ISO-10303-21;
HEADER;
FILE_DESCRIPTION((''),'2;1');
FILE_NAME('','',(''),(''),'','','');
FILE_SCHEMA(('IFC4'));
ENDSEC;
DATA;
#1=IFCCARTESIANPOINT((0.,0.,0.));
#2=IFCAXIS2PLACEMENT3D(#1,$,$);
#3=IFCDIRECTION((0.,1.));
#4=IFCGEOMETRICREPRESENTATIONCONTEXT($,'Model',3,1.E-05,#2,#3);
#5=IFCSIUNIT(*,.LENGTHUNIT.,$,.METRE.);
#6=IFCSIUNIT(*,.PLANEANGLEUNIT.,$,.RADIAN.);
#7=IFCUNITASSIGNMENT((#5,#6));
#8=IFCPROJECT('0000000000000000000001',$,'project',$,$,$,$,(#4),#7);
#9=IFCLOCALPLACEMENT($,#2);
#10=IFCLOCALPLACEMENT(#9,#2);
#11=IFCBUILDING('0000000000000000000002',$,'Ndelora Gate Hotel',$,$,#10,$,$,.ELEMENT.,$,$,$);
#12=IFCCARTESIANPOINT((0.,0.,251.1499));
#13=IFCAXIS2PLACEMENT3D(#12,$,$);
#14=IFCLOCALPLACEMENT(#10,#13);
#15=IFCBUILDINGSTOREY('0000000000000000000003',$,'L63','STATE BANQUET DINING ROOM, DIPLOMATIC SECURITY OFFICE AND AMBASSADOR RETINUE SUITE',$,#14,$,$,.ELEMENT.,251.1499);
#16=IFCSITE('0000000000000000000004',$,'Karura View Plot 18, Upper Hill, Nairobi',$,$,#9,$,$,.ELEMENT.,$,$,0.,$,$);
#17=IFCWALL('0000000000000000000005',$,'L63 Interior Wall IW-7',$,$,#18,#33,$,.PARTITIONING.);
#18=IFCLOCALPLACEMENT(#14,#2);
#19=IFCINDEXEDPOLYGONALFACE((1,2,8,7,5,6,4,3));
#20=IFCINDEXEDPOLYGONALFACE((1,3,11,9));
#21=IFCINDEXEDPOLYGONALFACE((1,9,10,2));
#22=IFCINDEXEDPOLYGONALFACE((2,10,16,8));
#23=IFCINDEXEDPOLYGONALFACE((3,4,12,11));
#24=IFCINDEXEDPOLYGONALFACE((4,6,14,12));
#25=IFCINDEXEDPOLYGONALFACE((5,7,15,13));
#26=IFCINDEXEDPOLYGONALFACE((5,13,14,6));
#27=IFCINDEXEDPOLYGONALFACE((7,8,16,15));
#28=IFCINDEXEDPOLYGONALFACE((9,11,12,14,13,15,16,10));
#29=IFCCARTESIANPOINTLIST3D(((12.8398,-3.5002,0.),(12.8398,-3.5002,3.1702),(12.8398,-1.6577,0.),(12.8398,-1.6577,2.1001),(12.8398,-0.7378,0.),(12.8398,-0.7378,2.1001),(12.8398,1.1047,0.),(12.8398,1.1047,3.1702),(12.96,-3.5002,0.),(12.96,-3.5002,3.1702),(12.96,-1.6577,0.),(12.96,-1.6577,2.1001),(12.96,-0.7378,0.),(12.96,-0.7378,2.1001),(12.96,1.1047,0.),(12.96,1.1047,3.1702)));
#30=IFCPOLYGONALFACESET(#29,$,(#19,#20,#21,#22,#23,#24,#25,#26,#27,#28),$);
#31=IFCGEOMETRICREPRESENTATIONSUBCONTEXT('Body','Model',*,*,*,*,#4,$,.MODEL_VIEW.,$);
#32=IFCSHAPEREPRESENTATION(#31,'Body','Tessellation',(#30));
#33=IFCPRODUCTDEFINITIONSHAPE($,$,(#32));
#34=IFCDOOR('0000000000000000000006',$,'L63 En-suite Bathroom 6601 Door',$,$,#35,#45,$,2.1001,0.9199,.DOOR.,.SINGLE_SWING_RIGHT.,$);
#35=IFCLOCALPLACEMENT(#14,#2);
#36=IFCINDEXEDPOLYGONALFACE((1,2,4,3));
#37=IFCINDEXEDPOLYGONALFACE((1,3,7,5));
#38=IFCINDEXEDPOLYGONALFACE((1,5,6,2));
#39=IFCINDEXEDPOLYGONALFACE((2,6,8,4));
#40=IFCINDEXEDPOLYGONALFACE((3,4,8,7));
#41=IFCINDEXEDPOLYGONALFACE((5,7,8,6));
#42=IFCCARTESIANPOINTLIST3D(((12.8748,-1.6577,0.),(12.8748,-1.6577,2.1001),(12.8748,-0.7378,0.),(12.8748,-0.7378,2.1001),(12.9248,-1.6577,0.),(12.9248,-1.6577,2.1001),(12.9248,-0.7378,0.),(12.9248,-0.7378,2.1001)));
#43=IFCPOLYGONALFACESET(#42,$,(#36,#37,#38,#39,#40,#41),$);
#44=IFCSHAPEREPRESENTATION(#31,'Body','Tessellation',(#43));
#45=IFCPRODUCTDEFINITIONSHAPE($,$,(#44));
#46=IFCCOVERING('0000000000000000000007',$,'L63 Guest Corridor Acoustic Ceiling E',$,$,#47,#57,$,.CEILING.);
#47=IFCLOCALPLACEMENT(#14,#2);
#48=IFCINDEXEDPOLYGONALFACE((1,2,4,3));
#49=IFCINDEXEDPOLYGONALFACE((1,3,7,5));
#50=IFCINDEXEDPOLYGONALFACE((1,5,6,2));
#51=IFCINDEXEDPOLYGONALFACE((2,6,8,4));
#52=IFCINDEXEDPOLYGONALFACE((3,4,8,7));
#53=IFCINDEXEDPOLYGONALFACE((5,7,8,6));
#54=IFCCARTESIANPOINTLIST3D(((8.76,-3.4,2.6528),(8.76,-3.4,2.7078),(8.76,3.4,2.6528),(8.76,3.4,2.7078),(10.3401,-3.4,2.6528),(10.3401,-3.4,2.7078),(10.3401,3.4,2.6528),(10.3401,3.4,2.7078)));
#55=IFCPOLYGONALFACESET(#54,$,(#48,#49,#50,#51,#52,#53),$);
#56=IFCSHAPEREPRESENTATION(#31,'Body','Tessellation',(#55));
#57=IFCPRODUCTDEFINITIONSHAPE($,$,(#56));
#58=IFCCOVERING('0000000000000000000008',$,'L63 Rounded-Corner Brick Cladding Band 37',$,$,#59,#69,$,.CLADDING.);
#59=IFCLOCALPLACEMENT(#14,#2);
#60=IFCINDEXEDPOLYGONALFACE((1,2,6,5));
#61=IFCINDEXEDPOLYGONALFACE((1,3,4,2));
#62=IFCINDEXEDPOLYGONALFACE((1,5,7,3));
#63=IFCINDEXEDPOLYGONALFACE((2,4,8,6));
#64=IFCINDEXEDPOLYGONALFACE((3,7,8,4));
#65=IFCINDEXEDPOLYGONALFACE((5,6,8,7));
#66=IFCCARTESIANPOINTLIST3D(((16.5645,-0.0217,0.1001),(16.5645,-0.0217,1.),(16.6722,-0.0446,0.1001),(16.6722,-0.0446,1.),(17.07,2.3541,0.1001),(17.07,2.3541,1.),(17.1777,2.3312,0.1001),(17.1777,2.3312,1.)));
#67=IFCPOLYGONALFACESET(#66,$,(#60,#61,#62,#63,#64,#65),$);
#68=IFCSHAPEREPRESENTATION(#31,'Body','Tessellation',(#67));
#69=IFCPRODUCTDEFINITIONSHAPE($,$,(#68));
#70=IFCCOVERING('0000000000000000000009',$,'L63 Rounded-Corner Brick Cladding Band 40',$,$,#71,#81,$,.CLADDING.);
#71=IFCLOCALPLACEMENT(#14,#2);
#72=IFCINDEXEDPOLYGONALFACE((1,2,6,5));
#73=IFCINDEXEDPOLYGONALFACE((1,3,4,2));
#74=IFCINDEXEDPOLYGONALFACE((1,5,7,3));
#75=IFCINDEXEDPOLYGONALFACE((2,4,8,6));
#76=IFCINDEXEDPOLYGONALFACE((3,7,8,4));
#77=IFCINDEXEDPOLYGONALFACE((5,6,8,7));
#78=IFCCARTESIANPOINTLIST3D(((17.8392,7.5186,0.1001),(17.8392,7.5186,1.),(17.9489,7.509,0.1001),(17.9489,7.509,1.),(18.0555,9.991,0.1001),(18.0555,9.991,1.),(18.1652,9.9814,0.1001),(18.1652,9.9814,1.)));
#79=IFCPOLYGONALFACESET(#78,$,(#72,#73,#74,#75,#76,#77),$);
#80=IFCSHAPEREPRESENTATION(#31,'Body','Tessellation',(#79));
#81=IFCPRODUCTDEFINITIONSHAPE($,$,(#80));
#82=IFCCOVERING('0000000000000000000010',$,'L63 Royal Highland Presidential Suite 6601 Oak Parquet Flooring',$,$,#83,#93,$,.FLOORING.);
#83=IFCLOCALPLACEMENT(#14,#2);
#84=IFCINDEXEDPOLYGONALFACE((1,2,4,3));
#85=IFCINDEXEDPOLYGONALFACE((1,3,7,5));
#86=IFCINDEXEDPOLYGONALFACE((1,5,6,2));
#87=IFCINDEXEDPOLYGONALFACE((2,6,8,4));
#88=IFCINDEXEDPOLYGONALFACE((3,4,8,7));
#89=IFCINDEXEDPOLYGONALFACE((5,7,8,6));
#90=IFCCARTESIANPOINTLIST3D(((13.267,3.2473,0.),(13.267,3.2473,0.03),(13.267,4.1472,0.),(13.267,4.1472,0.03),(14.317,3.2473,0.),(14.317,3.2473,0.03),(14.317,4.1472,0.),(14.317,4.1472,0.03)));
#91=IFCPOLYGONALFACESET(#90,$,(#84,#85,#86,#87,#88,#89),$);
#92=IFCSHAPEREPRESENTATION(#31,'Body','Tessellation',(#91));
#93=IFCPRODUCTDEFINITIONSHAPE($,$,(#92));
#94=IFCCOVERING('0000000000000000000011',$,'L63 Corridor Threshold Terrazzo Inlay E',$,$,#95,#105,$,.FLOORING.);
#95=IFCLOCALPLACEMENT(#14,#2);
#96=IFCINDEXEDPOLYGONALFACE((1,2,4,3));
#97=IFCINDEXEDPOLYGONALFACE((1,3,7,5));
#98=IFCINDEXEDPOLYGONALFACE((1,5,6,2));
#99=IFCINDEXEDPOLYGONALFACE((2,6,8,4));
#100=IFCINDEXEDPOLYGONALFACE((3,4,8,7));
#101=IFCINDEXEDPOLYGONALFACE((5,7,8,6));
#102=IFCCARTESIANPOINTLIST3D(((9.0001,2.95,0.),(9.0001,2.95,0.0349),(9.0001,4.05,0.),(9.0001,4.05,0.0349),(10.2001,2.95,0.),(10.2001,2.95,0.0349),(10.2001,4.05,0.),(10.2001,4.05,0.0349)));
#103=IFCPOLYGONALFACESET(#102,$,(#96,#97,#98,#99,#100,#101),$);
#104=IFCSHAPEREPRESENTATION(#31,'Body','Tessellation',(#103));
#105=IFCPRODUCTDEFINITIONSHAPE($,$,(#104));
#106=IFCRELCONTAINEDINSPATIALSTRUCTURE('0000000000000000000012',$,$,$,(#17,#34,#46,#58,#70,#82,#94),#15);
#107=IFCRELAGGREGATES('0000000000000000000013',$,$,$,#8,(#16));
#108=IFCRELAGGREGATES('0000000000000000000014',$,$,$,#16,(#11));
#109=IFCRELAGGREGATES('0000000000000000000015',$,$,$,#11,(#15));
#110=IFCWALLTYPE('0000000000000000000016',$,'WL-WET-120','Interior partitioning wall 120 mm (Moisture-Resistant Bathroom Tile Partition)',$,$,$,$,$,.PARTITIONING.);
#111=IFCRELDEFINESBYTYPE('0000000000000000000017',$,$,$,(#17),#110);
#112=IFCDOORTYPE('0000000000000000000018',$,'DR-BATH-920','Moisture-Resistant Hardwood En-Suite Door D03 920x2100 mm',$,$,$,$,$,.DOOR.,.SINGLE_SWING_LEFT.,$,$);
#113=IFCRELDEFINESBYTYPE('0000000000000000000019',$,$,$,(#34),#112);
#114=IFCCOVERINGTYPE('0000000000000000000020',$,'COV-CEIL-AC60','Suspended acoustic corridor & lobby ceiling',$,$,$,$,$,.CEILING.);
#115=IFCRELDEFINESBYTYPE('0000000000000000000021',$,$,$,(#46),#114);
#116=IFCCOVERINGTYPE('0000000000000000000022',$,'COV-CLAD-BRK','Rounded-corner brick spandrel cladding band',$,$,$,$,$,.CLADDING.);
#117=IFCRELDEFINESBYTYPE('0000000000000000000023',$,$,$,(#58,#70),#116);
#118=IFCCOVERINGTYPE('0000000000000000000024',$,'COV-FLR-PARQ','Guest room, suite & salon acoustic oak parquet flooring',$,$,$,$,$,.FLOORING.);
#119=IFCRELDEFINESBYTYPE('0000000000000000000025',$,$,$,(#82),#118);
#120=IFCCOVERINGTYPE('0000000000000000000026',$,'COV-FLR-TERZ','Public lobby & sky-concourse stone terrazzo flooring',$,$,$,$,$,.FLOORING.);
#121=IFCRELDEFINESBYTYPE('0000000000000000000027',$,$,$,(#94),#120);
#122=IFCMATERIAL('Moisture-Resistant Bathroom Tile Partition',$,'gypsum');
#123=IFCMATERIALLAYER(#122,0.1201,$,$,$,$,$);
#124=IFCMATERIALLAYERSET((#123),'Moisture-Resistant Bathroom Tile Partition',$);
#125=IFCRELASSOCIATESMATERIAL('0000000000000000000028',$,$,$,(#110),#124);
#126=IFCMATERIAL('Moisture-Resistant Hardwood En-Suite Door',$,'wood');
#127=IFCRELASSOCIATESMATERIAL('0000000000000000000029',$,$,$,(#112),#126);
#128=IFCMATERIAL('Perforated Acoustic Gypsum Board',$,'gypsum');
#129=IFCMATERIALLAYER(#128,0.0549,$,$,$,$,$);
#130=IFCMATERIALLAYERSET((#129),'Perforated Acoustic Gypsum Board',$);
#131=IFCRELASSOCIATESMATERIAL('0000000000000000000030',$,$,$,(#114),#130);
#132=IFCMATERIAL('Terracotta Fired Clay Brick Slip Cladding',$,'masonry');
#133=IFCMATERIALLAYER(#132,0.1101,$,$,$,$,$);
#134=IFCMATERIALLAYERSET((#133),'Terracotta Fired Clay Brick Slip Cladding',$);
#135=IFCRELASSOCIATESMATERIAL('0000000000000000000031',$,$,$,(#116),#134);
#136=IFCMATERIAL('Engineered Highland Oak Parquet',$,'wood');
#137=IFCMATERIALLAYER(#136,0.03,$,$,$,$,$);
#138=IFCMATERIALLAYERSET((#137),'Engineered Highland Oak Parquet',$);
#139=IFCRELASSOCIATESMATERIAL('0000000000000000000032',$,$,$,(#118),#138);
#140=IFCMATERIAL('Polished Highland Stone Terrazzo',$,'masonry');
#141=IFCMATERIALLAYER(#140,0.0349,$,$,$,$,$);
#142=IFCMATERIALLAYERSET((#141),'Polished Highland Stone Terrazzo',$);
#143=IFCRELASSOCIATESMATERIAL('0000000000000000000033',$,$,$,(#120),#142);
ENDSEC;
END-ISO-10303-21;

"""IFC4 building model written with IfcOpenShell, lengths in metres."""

from ifc_helpers import new_model, si_unit, direction, frame, frame_2d, origin, origin_2d, place, context, subcontext, project, spatial, rectangle, extrude, material, layer, layer_set, type_object, element, fill, save


model = new_model("IFC4")

# Units and contexts
model_context = context("Model", 3, precision=1e-05, world=origin(), true_north=direction((0.0, 1.0)))
body_context = subcontext(model_context, "Body", "Model", "MODEL_VIEW")
ifc_project = project(units=[si_unit("LENGTHUNIT", "METRE"), si_unit("PLANEANGLEUNIT", "RADIAN")], contexts=[model_context])

# Site, building, storey
site_placement = place(None, origin())
site = spatial("IfcSite", under=ifc_project, at=site_placement, Name="Karura View Plot 18, Upper Hill, Nairobi", CompositionType="ELEMENT", RefElevation=0.0)
building_placement = place(site_placement, origin())
building = spatial("IfcBuilding", under=site, at=building_placement, Name="Ndelora Gate Hotel", CompositionType="ELEMENT")
storey_placement = place(building_placement, frame((0.0, 0.0, 251.1499)))
storey = spatial("IfcBuildingStorey", under=building, at=storey_placement, Name="L63", Description="STATE BANQUET DINING ROOM, DIPLOMATIC SECURITY OFFICE AND AMBASSADOR RETINUE SUITE", CompositionType="ELEMENT", Elevation=251.1499)

# Shared definitions
ifc_material_1 = material(Name="Moisture-Resistant Bathroom Tile Partition", Category="gypsum")
ifc_layer_1 = layer(ifc_material_1, 0.1201)
ifc_layer_set_1 = layer_set([ifc_layer_1], Name="Moisture-Resistant Bathroom Tile Partition")
wall_type_1 = type_object("IfcWallType", Name="WL-WET-120", Description="Interior partitioning wall 120 mm (Moisture-Resistant Bathroom Tile Partition)", PredefinedType="PARTITIONING", material=ifc_layer_set_1)

# Wall, opening, door
wall_1_placement = place(storey_placement, frame((12.8999, 1.1047, 0.0), z_axis=(0.0, 0.0, 1.0), x_axis=(0.0, -1.0, 0.0)))
wall_1 = element("IfcWall", 1, at=wall_1_placement, inside=storey, type_object=wall_type_1, Name="L63 Interior Wall IW-7", PredefinedType="PARTITIONING", context=body_context, shape_type="SweptSolid", body=[
    extrude(rectangle(XDim=4.605, YDim=0.1201, at=frame_2d((2.3025, 0.0))), origin(), (0.0, 0.0, 1.0), 3.1702),
])
opening_1_placement = place(wall_1_placement, frame((1.8425, 0.0, 0.0)))
opening_1 = element("IfcOpeningElement", 2, at=opening_1_placement, cuts=wall_1, PredefinedType="OPENING", context=body_context, shape_type="SweptSolid", body=[
    extrude(rectangle(XDim=0.9199, YDim=2.1001, at=frame_2d((0.46, 1.05))), frame((0.0, 0.0701, 0.0), z_axis=(0.0, -1.0, 0.0), x_axis=(1.0, 0.0, 0.0)), (0.0, 0.0, 1.0), 0.1401),
])
ifc_material_2 = material(Name="Moisture-Resistant Hardwood En-Suite Door", Category="wood")
door_type_1 = type_object("IfcDoorType", Name="DR-BATH-920", Description="Moisture-Resistant Hardwood En-Suite Door D03 920x2100 mm", OperationType="SINGLE_SWING_LEFT", PredefinedType="DOOR", material=ifc_material_2)
door_1_placement = place(opening_1_placement, origin())
door_1 = element("IfcDoor", 3, at=door_1_placement, inside=storey, type_object=door_type_1, Name="L63 En-suite Bathroom 6601 Door", OperationType="SINGLE_SWING_RIGHT", OverallHeight=2.1001, OverallWidth=0.9199, PredefinedType="DOOR", context=body_context, shape_type="SweptSolid", body=[
    extrude(rectangle(XDim=0.9199, YDim=2.1001, at=frame_2d((0.46, 1.05))), frame((0.0, 0.0249, 0.0), z_axis=(0.0, -1.0, 0.0), x_axis=(1.0, 0.0, 0.0)), (0.0, 0.0, 1.0), 0.05),
])
fill(opening_1, door_1)

# Coverings
ifc_material_3 = material(Name="Perforated Acoustic Gypsum Board", Category="gypsum")
ifc_layer_2 = layer(ifc_material_3, 0.0549)
ifc_layer_set_2 = layer_set([ifc_layer_2], Name="Perforated Acoustic Gypsum Board")
covering_type_1 = type_object("IfcCoveringType", Name="COV-CEIL-AC60", Description="Suspended acoustic corridor & lobby ceiling", PredefinedType="CEILING", material=ifc_layer_set_2)
covering_1_placement = place(storey_placement, frame((9.55, 0.0, 2.6528), z_axis=(0.0, 0.0, 1.0), x_axis=(1.0, 0.0, 0.0)))
element("IfcCovering", 4, at=covering_1_placement, inside=storey, type_object=covering_type_1, Name="L63 Guest Corridor Acoustic Ceiling E", PredefinedType="CEILING", context=body_context, shape_type="SweptSolid", body=[
    extrude(rectangle(XDim=1.5801, YDim=6.8, at=origin_2d()), origin(), (0.0, 0.0, 1.0), 0.0549),
])
ifc_material_4 = material(Name="Terracotta Fired Clay Brick Slip Cladding", Category="masonry")
ifc_layer_3 = layer(ifc_material_4, 0.1101)
ifc_layer_set_3 = layer_set([ifc_layer_3], Name="Terracotta Fired Clay Brick Slip Cladding")
covering_type_2 = type_object("IfcCoveringType", Name="COV-CLAD-BRK", Description="Rounded-corner brick spandrel cladding band", PredefinedType="CLADDING", material=ifc_layer_set_3)
covering_2_placement = place(storey_placement, frame((16.8711, 1.1548, 0.1001), z_axis=(0.0, 0.0, 1.0), x_axis=(0.208082, 0.978111, 0.0)))
element("IfcCovering", 5, at=covering_2_placement, inside=storey, type_object=covering_type_2, Name="L63 Rounded-Corner Brick Cladding Band 37", PredefinedType="CLADDING", context=body_context, shape_type="SweptSolid", body=[
    extrude(rectangle(XDim=2.429, YDim=0.1101, at=origin_2d()), origin(), (0.0, 0.0, 1.0), 0.8999),
])
covering_3_placement = place(storey_placement, frame((18.0022, 8.75, 0.1001), z_axis=(0.0, 0.0, 1.0), x_axis=(0.087156, 0.996195, 0.0)))
element("IfcCovering", 6, at=covering_3_placement, inside=storey, type_object=covering_type_2, Name="L63 Rounded-Corner Brick Cladding Band 40", PredefinedType="CLADDING", context=body_context, shape_type="SweptSolid", body=[
    extrude(rectangle(XDim=2.4819, YDim=0.1101, at=origin_2d()), origin(), (0.0, 0.0, 1.0), 0.8999),
])
ifc_material_5 = material(Name="Engineered Highland Oak Parquet", Category="wood")
ifc_layer_4 = layer(ifc_material_5, 0.03)
ifc_layer_set_4 = layer_set([ifc_layer_4], Name="Engineered Highland Oak Parquet")
covering_type_3 = type_object("IfcCoveringType", Name="COV-FLR-PARQ", Description="Guest room, suite & salon acoustic oak parquet flooring", PredefinedType="FLOORING", material=ifc_layer_set_4)
covering_4_placement = place(storey_placement, frame((13.792, 3.6973, 0.0), z_axis=(0.0, 0.0, 1.0), x_axis=(1.0, 0.0, 0.0)))
element("IfcCovering", 7, at=covering_4_placement, inside=storey, type_object=covering_type_3, Name="L63 Royal Highland Presidential Suite 6601 Oak Parquet Flooring", PredefinedType="FLOORING", context=body_context, shape_type="SweptSolid", body=[
    extrude(rectangle(XDim=1.05, YDim=0.8999, at=origin_2d()), origin(), (0.0, 0.0, 1.0), 0.03),
])
ifc_material_6 = material(Name="Polished Highland Stone Terrazzo", Category="masonry")
ifc_layer_5 = layer(ifc_material_6, 0.0349)
ifc_layer_set_5 = layer_set([ifc_layer_5], Name="Polished Highland Stone Terrazzo")
covering_type_4 = type_object("IfcCoveringType", Name="COV-FLR-TERZ", Description="Public lobby & sky-concourse stone terrazzo flooring", PredefinedType="FLOORING", material=ifc_layer_set_5)
covering_5_placement = place(storey_placement, frame((9.6001, 3.5, 0.0), z_axis=(0.0, 0.0, 1.0), x_axis=(1.0, 0.0, 0.0)))
element("IfcCovering", 8, at=covering_5_placement, inside=storey, type_object=covering_type_4, Name="L63 Corridor Threshold Terrazzo Inlay E", PredefinedType="FLOORING", context=body_context, shape_type="SweptSolid", body=[
    extrude(rectangle(XDim=1.2, YDim=1.1001, at=origin_2d()), origin(), (0.0, 0.0, 1.0), 0.0349),
])

save(model, "model.ifc")
